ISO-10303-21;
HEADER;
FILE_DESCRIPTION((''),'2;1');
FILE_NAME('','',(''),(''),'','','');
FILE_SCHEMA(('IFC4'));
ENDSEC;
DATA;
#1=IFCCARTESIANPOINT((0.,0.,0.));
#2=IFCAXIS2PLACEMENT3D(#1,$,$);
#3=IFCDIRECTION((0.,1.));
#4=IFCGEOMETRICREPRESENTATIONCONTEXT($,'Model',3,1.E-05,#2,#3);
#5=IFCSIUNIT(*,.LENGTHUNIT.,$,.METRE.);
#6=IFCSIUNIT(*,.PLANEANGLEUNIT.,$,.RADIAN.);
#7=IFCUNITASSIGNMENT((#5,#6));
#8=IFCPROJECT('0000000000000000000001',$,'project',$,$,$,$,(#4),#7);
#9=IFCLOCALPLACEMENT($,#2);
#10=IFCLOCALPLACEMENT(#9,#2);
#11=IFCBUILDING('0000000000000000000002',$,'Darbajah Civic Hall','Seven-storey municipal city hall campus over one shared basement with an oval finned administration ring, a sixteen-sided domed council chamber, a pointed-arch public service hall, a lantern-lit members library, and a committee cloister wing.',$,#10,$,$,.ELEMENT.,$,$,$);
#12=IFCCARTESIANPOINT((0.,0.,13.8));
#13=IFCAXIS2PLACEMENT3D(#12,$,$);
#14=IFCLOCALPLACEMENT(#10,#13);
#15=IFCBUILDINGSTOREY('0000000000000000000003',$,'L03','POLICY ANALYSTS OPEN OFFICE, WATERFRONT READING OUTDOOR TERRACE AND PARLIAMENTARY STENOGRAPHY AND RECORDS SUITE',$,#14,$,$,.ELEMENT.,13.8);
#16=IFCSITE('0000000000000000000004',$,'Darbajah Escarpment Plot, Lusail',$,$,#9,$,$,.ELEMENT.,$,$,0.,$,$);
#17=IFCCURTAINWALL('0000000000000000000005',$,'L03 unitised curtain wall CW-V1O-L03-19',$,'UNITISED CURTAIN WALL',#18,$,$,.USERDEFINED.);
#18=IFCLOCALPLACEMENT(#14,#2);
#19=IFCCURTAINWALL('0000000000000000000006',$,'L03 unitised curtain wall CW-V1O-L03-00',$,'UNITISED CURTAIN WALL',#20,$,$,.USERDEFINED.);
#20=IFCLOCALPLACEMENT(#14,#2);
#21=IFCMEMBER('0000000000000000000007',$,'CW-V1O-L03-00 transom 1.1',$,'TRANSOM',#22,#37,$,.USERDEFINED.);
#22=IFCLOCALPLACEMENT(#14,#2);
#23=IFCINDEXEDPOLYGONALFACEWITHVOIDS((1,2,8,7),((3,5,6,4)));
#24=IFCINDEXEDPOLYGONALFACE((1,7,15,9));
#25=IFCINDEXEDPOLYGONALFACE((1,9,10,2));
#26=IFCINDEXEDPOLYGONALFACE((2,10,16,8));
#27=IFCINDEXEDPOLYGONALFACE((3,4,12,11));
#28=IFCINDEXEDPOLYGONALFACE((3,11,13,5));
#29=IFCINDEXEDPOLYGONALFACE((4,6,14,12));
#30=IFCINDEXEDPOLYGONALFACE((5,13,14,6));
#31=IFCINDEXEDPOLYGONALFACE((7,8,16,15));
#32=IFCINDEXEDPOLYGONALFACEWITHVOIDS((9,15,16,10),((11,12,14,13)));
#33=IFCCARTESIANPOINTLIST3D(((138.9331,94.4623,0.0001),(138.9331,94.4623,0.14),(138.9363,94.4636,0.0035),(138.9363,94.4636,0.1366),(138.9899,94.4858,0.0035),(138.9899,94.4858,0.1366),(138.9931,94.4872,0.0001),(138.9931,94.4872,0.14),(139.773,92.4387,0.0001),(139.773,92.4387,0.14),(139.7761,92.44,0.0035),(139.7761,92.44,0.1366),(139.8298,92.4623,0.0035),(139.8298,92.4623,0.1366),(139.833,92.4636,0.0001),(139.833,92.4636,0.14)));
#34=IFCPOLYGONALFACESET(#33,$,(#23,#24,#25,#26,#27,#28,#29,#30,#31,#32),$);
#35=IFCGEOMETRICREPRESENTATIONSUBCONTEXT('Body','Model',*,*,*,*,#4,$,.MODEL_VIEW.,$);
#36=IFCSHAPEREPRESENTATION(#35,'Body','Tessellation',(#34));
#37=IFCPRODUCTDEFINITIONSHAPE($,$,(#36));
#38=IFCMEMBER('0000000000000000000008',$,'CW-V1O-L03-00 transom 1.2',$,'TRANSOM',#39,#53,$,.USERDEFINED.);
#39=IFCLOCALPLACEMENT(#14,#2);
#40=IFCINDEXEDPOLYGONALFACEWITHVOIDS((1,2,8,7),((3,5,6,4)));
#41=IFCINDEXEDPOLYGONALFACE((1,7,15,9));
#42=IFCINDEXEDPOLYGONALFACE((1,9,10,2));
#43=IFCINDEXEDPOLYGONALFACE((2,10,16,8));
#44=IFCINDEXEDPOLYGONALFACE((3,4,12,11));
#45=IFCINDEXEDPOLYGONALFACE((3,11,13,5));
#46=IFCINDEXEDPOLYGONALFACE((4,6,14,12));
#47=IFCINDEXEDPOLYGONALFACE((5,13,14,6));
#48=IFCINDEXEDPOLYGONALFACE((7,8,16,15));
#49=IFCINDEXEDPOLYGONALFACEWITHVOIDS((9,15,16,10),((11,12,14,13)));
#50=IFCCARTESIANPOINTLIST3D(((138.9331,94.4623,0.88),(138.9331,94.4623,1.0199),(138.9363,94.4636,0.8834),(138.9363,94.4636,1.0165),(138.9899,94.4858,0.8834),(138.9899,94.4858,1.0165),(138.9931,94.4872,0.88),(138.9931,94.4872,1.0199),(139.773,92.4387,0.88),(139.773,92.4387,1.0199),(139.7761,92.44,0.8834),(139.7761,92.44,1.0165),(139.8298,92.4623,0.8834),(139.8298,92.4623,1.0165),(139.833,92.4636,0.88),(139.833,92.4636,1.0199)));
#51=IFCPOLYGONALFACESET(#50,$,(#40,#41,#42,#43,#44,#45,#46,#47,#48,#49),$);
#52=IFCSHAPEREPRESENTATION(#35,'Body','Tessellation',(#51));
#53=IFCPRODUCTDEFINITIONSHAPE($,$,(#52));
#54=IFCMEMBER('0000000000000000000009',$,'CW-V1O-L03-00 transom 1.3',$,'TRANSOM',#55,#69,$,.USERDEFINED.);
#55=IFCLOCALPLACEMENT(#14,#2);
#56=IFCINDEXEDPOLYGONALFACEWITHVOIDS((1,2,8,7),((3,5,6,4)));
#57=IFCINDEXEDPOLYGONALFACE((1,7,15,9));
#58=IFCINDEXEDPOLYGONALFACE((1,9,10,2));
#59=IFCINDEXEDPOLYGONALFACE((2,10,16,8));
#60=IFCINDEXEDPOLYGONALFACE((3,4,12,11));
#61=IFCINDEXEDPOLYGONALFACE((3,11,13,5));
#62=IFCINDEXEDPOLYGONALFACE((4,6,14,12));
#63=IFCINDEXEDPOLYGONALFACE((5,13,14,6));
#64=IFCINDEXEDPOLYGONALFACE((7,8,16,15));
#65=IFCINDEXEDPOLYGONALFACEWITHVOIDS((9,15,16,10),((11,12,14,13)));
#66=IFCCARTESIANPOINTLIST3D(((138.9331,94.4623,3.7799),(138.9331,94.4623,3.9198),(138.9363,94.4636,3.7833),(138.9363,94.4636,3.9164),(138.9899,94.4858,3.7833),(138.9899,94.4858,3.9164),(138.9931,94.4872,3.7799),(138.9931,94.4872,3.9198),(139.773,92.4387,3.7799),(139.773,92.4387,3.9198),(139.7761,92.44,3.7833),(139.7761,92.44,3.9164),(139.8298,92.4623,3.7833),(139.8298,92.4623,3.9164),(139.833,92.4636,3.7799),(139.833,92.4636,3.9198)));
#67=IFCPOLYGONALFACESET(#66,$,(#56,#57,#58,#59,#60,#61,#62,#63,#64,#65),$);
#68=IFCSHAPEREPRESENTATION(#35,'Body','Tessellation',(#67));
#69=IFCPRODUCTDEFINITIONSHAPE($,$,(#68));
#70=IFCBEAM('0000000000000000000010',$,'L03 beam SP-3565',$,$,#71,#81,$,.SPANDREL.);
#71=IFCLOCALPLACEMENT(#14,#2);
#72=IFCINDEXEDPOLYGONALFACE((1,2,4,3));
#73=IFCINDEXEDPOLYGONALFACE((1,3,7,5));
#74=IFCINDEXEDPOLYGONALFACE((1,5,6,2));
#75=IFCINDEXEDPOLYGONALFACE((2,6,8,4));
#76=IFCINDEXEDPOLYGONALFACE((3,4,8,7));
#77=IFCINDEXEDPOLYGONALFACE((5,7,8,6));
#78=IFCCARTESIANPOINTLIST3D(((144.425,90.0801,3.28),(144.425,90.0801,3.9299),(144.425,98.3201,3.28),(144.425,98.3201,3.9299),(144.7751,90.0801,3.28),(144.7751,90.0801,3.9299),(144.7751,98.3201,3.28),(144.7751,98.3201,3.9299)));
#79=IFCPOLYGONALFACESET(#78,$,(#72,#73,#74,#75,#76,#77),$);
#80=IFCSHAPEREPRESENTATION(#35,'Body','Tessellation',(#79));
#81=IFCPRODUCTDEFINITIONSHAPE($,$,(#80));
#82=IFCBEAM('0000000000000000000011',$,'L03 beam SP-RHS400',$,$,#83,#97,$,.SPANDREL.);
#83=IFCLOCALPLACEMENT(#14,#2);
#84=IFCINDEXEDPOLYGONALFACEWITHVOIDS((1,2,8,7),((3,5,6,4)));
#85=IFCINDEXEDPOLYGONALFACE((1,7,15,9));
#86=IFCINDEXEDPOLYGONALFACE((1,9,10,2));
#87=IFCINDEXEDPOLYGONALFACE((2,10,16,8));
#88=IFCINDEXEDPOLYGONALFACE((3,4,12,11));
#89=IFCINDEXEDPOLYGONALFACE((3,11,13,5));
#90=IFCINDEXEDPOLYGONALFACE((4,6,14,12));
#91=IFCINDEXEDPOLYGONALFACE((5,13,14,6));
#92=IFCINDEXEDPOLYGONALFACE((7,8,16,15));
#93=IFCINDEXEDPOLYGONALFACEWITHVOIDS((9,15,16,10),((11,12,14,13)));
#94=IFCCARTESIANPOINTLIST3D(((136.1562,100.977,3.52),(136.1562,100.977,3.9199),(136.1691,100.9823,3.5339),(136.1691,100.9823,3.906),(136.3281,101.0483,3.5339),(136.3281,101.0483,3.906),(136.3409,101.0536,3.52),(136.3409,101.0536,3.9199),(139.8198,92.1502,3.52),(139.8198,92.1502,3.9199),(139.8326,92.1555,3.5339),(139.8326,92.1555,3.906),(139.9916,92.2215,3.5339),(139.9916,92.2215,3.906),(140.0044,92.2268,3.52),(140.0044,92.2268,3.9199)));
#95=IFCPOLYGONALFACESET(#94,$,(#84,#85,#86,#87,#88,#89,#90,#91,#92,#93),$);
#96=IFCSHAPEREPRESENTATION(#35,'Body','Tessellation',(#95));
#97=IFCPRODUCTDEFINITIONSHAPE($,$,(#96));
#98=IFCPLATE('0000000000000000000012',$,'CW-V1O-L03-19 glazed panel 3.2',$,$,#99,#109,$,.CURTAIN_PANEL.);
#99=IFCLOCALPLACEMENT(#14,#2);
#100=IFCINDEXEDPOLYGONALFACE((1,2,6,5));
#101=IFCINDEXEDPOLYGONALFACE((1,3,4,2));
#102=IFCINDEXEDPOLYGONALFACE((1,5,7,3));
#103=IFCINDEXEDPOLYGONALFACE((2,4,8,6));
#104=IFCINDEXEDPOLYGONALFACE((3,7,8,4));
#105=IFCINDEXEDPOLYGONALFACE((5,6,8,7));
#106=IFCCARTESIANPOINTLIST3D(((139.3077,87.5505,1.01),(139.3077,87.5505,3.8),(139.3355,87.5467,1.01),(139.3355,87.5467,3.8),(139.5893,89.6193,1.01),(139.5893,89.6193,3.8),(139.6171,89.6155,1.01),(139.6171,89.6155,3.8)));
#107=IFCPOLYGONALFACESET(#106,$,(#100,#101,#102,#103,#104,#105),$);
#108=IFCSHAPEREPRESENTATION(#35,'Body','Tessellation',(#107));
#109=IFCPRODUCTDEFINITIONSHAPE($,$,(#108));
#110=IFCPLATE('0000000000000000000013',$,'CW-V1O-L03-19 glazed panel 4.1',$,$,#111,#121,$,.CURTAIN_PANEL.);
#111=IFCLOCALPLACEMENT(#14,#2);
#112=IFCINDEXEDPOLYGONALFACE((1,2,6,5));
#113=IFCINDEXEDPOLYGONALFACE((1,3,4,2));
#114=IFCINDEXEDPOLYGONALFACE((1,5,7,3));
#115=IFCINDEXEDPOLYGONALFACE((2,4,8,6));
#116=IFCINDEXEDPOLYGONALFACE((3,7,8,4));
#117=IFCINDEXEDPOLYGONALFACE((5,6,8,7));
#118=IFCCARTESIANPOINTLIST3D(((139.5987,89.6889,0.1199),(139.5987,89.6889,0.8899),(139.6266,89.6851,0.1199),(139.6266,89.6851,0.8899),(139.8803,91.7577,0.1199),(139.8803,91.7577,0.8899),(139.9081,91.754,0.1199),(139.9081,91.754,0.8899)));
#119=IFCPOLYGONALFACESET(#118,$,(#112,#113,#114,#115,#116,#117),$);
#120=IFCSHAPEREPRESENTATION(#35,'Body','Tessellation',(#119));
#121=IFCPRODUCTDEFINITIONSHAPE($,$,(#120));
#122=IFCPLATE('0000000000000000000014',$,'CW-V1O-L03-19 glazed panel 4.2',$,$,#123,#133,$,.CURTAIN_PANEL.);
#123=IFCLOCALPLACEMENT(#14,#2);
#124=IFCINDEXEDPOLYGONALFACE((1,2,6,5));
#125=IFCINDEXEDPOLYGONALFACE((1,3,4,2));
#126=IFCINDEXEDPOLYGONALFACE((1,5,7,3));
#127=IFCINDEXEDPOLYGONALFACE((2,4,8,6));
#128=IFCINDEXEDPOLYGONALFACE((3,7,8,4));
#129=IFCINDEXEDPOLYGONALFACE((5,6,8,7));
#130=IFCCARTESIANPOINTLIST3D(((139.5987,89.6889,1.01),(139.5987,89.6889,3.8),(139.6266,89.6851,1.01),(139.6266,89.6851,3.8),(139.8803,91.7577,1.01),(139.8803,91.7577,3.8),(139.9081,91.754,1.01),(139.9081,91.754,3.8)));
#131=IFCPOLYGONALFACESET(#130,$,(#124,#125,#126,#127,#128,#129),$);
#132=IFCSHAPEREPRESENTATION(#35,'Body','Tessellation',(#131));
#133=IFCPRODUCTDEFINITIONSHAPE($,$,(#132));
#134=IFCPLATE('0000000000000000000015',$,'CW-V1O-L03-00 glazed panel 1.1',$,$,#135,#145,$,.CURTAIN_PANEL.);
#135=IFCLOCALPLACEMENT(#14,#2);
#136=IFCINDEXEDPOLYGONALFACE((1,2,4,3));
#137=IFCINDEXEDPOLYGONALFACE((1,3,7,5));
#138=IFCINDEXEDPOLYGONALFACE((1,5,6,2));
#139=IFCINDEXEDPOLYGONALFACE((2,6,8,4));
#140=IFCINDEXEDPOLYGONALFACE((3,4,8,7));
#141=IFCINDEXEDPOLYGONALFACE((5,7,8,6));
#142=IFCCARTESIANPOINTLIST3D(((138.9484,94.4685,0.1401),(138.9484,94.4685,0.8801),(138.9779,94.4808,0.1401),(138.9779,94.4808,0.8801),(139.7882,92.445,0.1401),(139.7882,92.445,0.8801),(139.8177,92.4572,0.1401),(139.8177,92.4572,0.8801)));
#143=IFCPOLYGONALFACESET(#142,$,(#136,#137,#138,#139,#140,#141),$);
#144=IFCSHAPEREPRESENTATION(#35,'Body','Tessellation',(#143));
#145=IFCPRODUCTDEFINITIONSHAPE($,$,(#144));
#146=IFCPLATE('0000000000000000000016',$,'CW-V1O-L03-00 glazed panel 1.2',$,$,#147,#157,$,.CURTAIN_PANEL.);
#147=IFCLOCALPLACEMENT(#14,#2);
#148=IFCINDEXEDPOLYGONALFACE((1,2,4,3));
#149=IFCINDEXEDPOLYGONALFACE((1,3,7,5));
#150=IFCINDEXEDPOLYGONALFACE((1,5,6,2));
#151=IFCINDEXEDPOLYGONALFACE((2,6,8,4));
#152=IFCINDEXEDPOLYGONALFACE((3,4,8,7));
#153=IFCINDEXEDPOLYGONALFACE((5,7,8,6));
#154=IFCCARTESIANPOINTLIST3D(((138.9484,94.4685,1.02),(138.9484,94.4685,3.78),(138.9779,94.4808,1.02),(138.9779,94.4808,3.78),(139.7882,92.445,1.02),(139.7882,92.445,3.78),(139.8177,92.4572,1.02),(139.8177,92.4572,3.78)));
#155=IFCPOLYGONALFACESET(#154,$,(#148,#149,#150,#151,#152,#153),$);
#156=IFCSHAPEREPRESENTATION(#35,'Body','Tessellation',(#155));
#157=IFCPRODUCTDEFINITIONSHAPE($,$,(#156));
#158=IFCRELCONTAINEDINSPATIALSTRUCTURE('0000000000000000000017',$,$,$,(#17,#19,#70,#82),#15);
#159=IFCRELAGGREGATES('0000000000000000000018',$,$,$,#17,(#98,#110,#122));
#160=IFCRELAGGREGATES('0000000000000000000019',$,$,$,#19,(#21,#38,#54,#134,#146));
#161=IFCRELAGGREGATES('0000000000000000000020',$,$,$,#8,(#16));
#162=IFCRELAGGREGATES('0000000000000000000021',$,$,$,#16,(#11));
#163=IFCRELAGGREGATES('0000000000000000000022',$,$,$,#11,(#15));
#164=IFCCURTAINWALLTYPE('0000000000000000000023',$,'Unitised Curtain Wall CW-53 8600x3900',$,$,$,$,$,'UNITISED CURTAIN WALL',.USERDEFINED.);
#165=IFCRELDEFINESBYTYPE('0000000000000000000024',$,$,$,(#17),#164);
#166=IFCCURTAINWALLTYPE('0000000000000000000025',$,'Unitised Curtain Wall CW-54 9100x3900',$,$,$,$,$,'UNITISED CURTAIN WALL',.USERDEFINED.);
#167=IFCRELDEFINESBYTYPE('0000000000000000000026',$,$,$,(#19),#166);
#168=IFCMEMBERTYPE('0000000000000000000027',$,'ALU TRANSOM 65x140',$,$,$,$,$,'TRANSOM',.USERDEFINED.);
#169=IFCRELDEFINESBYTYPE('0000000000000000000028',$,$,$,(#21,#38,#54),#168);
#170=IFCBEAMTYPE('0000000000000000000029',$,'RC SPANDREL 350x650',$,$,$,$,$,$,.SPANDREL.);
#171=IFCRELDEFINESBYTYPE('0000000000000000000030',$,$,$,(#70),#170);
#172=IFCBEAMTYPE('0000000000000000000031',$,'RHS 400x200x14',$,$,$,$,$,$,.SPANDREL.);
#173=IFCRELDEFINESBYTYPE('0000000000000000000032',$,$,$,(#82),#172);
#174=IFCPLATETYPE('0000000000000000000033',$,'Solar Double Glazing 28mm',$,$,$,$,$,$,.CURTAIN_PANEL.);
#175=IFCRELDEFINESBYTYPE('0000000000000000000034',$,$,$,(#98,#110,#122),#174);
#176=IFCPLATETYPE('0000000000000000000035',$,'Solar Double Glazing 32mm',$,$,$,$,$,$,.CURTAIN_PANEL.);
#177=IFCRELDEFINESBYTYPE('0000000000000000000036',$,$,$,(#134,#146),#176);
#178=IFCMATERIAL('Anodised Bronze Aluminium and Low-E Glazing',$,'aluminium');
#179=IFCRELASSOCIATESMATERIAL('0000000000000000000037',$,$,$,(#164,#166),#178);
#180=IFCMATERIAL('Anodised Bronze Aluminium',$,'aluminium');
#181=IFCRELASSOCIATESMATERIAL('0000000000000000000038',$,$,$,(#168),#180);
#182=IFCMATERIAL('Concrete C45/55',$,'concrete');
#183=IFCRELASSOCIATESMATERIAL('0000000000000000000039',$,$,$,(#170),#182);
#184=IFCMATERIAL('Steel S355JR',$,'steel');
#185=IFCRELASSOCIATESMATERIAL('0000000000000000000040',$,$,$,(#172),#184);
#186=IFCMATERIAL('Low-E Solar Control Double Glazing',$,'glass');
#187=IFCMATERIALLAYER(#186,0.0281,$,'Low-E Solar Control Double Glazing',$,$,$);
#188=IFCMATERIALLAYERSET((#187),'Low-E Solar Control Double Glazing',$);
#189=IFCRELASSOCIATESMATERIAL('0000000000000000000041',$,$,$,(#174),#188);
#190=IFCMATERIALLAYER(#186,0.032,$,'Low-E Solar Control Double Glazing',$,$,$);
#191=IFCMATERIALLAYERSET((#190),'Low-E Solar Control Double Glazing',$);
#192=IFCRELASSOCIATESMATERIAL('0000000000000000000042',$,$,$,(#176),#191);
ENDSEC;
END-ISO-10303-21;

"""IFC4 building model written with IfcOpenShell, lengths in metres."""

from ifc_helpers import new_model, si_unit, direction, frame, origin, origin_2d, place, context, subcontext, project, spatial, rectangle, hollow_rectangle, extrude, material, layer, layer_set, material_profile, profile_set, type_object, element, aggregate, save


model = new_model("IFC4")

# Units and contexts
model_context = context("Model", 3, precision=1e-05, world=origin(), true_north=direction((0.0, 1.0)))
body_context = subcontext(model_context, "Body", "Model", "MODEL_VIEW")
ifc_project = project(units=[si_unit("LENGTHUNIT", "METRE"), si_unit("PLANEANGLEUNIT", "RADIAN")], contexts=[model_context])

# Site, building, storey
site_placement = place(None, origin())
site = spatial("IfcSite", under=ifc_project, at=site_placement, Name="Darbajah Escarpment Plot, Lusail", CompositionType="ELEMENT", RefElevation=0.0)
building_placement = place(site_placement, origin())
building = spatial("IfcBuilding", under=site, at=building_placement, Name="Darbajah Civic Hall", Description="Seven-storey municipal city hall campus over one shared basement with an oval finned administration ring, a sixteen-sided domed council chamber, a pointed-arch public service hall, a lantern-lit members library, and a committee cloister wing.", CompositionType="ELEMENT")
storey_placement = place(building_placement, frame((0.0, 0.0, 13.8)))
storey = spatial("IfcBuildingStorey", under=building, at=storey_placement, Name="L03", Description="POLICY ANALYSTS OPEN OFFICE, WATERFRONT READING OUTDOOR TERRACE AND PARLIAMENTARY STENOGRAPHY AND RECORDS SUITE", CompositionType="ELEMENT", Elevation=13.8)

# Shared definitions
ifc_material_1 = material(Name="Concrete C45/55", Category="concrete")
ifc_material_2 = material(Name="Steel S355JR", Category="steel")

# Curtain wall
ifc_material_3 = material(Name="Anodised Bronze Aluminium and Low-E Glazing", Category="aluminium")
curtain_wall_type_1 = type_object("IfcCurtainWallType", Name="Unitised Curtain Wall CW-53 8600x3900", ElementType="UNITISED CURTAIN WALL", PredefinedType="USERDEFINED", material=ifc_material_3)
curtain_wall_1_placement = place(storey_placement, origin())
curtain_wall_1 = element("IfcCurtainWall", 1, at=curtain_wall_1_placement, inside=storey, type_object=curtain_wall_type_1, Name="L03 unitised curtain wall CW-V1O-L03-19", ObjectType="UNITISED CURTAIN WALL", PredefinedType="USERDEFINED")
ifc_material_4 = material(Name="Anodised Bronze Aluminium", Category="aluminium")

# Curtain wall
curtain_wall_type_2 = type_object("IfcCurtainWallType", Name="Unitised Curtain Wall CW-54 9100x3900", ElementType="UNITISED CURTAIN WALL", PredefinedType="USERDEFINED", material=ifc_material_3)
curtain_wall_2_placement = place(storey_placement, origin())
curtain_wall_2 = element("IfcCurtainWall", 2, at=curtain_wall_2_placement, inside=storey, type_object=curtain_wall_type_2, Name="L03 unitised curtain wall CW-V1O-L03-00", ObjectType="UNITISED CURTAIN WALL", PredefinedType="USERDEFINED")

# Members
ifc_material_profile_1 = material_profile(ifc_material_4, hollow_rectangle(XDim=0.0649, YDim=0.1399, WallThickness=0.0034, at=origin_2d()), Name="ALU TRANSOM 65x140")
ifc_profile_set_1 = profile_set([ifc_material_profile_1], Name="Anodised Bronze Aluminium")
member_type_1 = type_object("IfcMemberType", Name="ALU TRANSOM 65x140", ElementType="TRANSOM", PredefinedType="USERDEFINED", material=ifc_profile_set_1)
member_1_placement = place(storey_placement, frame((139.803, 92.4512, 0.0701), z_axis=(-0.383349, 0.923604, 0.0), x_axis=(-0.923604, -0.383349, 0.0)))
member_1 = element("IfcMember", 3, at=member_1_placement, type_object=member_type_1, Name="CW-V1O-L03-00 transom 1.1", ObjectType="TRANSOM", PredefinedType="USERDEFINED", context=body_context, shape_type="SweptSolid", body=[
    extrude(hollow_rectangle(XDim=0.0649, YDim=0.1399, WallThickness=0.0034, at=origin_2d()), origin(), (0.0, 0.0, 1.0), 2.1909),
])
member_2_placement = place(storey_placement, frame((139.803, 92.4512, 0.95), z_axis=(-0.383349, 0.923604, 0.0), x_axis=(-0.923604, -0.383349, 0.0)))
member_2 = element("IfcMember", 4, at=member_2_placement, type_object=member_type_1, Name="CW-V1O-L03-00 transom 1.2", ObjectType="TRANSOM", PredefinedType="USERDEFINED", context=body_context, shape_type="SweptSolid", body=[
    extrude(hollow_rectangle(XDim=0.0649, YDim=0.1399, WallThickness=0.0034, at=origin_2d()), origin(), (0.0, 0.0, 1.0), 2.1909),
])
member_3_placement = place(storey_placement, frame((139.803, 92.4512, 3.8499), z_axis=(-0.383349, 0.923604, 0.0), x_axis=(-0.923604, -0.383349, 0.0)))
member_3 = element("IfcMember", 5, at=member_3_placement, type_object=member_type_1, Name="CW-V1O-L03-00 transom 1.3", ObjectType="TRANSOM", PredefinedType="USERDEFINED", context=body_context, shape_type="SweptSolid", body=[
    extrude(hollow_rectangle(XDim=0.0649, YDim=0.1399, WallThickness=0.0034, at=origin_2d()), origin(), (0.0, 0.0, 1.0), 2.1909),
])

# Beams
ifc_material_profile_2 = material_profile(ifc_material_1, rectangle(XDim=0.3501, YDim=0.6499, at=origin_2d()), Name="RC SPANDREL 350x650")
ifc_profile_set_2 = profile_set([ifc_material_profile_2], Name="Concrete C45/55")
beam_type_1 = type_object("IfcBeamType", Name="RC SPANDREL 350x650", PredefinedType="SPANDREL", material=ifc_profile_set_2)
beam_1_placement = place(storey_placement, frame((144.6001, 90.0801, 3.605), z_axis=(0.0, 1.0, 0.0), x_axis=(-1.0, 0.0, 0.0)))
element("IfcBeam", 6, at=beam_1_placement, inside=storey, type_object=beam_type_1, Name="L03 beam SP-3565", PredefinedType="SPANDREL", context=body_context, shape_type="SweptSolid", body=[
    extrude(rectangle(XDim=0.3501, YDim=0.6499, at=origin_2d()), origin(), (0.0, 0.0, 1.0), 8.24),
])
ifc_material_profile_3 = material_profile(ifc_material_2, hollow_rectangle(XDim=0.2, YDim=0.3999, WallThickness=0.0139, at=origin_2d()), Name="RHS 400x200x14")
ifc_profile_set_3 = profile_set([ifc_material_profile_3], Name="Steel S355JR")
beam_type_2 = type_object("IfcBeamType", Name="RHS 400x200x14", PredefinedType="SPANDREL", material=ifc_profile_set_3)
beam_2_placement = place(storey_placement, frame((139.9121, 92.1885, 3.72), z_axis=(-0.38334, 0.923607, 0.0), x_axis=(-0.923607, -0.38334, 0.0)))
element("IfcBeam", 7, at=beam_2_placement, inside=storey, type_object=beam_type_2, Name="L03 beam SP-RHS400", PredefinedType="SPANDREL", context=body_context, shape_type="SweptSolid", body=[
    extrude(hollow_rectangle(XDim=0.2, YDim=0.3999, WallThickness=0.0139, at=origin_2d()), origin(), (0.0, 0.0, 1.0), 9.5569),
])

# Plates
ifc_material_5 = material(Name="Low-E Solar Control Double Glazing", Category="glass")
ifc_layer_1 = layer(ifc_material_5, 0.0281, Name="Low-E Solar Control Double Glazing")
ifc_layer_set_1 = layer_set([ifc_layer_1], Name="Low-E Solar Control Double Glazing")
plate_type_1 = type_object("IfcPlateType", Name="Solar Double Glazing 28mm", PredefinedType="CURTAIN_PANEL", material=ifc_layer_set_1)
plate_1_placement = place(storey_placement, frame((139.4624, 88.583, 1.01), z_axis=(0.0, 0.0, 1.0), x_axis=(0.134851, 0.990866, 0.0)))
plate_1 = element("IfcPlate", 8, at=plate_1_placement, type_object=plate_type_1, Name="CW-V1O-L03-19 glazed panel 3.2", PredefinedType="CURTAIN_PANEL", context=body_context, shape_type="SweptSolid", body=[
    extrude(rectangle(XDim=2.0879, YDim=0.0281, at=origin_2d()), origin(), (0.0, 0.0, 1.0), 2.79),
])
plate_2_placement = place(storey_placement, frame((139.7534, 90.7214, 0.1199), z_axis=(0.0, 0.0, 1.0), x_axis=(0.134851, 0.990866, 0.0)))
plate_2 = element("IfcPlate", 9, at=plate_2_placement, type_object=plate_type_1, Name="CW-V1O-L03-19 glazed panel 4.1", PredefinedType="CURTAIN_PANEL", context=body_context, shape_type="SweptSolid", body=[
    extrude(rectangle(XDim=2.0879, YDim=0.0281, at=origin_2d()), origin(), (0.0, 0.0, 1.0), 0.77),
])
plate_3_placement = place(storey_placement, frame((139.7534, 90.7214, 1.01), z_axis=(0.0, 0.0, 1.0), x_axis=(0.134851, 0.990866, 0.0)))
plate_3 = element("IfcPlate", 10, at=plate_3_placement, type_object=plate_type_1, Name="CW-V1O-L03-19 glazed panel 4.2", PredefinedType="CURTAIN_PANEL", context=body_context, shape_type="SweptSolid", body=[
    extrude(rectangle(XDim=2.0879, YDim=0.0281, at=origin_2d()), origin(), (0.0, 0.0, 1.0), 2.79),
])
aggregate(curtain_wall_1, [plate_1, plate_2, plate_3])
ifc_layer_2 = layer(ifc_material_5, 0.032, Name="Low-E Solar Control Double Glazing")
ifc_layer_set_2 = layer_set([ifc_layer_2], Name="Low-E Solar Control Double Glazing")
plate_type_2 = type_object("IfcPlateType", Name="Solar Double Glazing 32mm", PredefinedType="CURTAIN_PANEL", material=ifc_layer_set_2)
plate_4_placement = place(storey_placement, frame((139.3831, 93.4629, 0.1401), z_axis=(0.0, 0.0, 1.0), x_axis=(-0.383328, 0.923612, 0.0)))
plate_4 = element("IfcPlate", 11, at=plate_4_placement, type_object=plate_type_2, Name="CW-V1O-L03-00 glazed panel 1.1", PredefinedType="CURTAIN_PANEL", context=body_context, shape_type="SweptSolid", body=[
    extrude(rectangle(XDim=2.1909, YDim=0.032, at=origin_2d()), origin(), (0.0, 0.0, 1.0), 0.74),
])
plate_5_placement = place(storey_placement, frame((139.3831, 93.4629, 1.02), z_axis=(0.0, 0.0, 1.0), x_axis=(-0.383328, 0.923612, 0.0)))
plate_5 = element("IfcPlate", 12, at=plate_5_placement, type_object=plate_type_2, Name="CW-V1O-L03-00 glazed panel 1.2", PredefinedType="CURTAIN_PANEL", context=body_context, shape_type="SweptSolid", body=[
    extrude(rectangle(XDim=2.1909, YDim=0.032, at=origin_2d()), origin(), (0.0, 0.0, 1.0), 2.76),
])
aggregate(curtain_wall_2, [member_1, member_2, member_3, plate_4, plate_5])

save(model, "model.ifc")
